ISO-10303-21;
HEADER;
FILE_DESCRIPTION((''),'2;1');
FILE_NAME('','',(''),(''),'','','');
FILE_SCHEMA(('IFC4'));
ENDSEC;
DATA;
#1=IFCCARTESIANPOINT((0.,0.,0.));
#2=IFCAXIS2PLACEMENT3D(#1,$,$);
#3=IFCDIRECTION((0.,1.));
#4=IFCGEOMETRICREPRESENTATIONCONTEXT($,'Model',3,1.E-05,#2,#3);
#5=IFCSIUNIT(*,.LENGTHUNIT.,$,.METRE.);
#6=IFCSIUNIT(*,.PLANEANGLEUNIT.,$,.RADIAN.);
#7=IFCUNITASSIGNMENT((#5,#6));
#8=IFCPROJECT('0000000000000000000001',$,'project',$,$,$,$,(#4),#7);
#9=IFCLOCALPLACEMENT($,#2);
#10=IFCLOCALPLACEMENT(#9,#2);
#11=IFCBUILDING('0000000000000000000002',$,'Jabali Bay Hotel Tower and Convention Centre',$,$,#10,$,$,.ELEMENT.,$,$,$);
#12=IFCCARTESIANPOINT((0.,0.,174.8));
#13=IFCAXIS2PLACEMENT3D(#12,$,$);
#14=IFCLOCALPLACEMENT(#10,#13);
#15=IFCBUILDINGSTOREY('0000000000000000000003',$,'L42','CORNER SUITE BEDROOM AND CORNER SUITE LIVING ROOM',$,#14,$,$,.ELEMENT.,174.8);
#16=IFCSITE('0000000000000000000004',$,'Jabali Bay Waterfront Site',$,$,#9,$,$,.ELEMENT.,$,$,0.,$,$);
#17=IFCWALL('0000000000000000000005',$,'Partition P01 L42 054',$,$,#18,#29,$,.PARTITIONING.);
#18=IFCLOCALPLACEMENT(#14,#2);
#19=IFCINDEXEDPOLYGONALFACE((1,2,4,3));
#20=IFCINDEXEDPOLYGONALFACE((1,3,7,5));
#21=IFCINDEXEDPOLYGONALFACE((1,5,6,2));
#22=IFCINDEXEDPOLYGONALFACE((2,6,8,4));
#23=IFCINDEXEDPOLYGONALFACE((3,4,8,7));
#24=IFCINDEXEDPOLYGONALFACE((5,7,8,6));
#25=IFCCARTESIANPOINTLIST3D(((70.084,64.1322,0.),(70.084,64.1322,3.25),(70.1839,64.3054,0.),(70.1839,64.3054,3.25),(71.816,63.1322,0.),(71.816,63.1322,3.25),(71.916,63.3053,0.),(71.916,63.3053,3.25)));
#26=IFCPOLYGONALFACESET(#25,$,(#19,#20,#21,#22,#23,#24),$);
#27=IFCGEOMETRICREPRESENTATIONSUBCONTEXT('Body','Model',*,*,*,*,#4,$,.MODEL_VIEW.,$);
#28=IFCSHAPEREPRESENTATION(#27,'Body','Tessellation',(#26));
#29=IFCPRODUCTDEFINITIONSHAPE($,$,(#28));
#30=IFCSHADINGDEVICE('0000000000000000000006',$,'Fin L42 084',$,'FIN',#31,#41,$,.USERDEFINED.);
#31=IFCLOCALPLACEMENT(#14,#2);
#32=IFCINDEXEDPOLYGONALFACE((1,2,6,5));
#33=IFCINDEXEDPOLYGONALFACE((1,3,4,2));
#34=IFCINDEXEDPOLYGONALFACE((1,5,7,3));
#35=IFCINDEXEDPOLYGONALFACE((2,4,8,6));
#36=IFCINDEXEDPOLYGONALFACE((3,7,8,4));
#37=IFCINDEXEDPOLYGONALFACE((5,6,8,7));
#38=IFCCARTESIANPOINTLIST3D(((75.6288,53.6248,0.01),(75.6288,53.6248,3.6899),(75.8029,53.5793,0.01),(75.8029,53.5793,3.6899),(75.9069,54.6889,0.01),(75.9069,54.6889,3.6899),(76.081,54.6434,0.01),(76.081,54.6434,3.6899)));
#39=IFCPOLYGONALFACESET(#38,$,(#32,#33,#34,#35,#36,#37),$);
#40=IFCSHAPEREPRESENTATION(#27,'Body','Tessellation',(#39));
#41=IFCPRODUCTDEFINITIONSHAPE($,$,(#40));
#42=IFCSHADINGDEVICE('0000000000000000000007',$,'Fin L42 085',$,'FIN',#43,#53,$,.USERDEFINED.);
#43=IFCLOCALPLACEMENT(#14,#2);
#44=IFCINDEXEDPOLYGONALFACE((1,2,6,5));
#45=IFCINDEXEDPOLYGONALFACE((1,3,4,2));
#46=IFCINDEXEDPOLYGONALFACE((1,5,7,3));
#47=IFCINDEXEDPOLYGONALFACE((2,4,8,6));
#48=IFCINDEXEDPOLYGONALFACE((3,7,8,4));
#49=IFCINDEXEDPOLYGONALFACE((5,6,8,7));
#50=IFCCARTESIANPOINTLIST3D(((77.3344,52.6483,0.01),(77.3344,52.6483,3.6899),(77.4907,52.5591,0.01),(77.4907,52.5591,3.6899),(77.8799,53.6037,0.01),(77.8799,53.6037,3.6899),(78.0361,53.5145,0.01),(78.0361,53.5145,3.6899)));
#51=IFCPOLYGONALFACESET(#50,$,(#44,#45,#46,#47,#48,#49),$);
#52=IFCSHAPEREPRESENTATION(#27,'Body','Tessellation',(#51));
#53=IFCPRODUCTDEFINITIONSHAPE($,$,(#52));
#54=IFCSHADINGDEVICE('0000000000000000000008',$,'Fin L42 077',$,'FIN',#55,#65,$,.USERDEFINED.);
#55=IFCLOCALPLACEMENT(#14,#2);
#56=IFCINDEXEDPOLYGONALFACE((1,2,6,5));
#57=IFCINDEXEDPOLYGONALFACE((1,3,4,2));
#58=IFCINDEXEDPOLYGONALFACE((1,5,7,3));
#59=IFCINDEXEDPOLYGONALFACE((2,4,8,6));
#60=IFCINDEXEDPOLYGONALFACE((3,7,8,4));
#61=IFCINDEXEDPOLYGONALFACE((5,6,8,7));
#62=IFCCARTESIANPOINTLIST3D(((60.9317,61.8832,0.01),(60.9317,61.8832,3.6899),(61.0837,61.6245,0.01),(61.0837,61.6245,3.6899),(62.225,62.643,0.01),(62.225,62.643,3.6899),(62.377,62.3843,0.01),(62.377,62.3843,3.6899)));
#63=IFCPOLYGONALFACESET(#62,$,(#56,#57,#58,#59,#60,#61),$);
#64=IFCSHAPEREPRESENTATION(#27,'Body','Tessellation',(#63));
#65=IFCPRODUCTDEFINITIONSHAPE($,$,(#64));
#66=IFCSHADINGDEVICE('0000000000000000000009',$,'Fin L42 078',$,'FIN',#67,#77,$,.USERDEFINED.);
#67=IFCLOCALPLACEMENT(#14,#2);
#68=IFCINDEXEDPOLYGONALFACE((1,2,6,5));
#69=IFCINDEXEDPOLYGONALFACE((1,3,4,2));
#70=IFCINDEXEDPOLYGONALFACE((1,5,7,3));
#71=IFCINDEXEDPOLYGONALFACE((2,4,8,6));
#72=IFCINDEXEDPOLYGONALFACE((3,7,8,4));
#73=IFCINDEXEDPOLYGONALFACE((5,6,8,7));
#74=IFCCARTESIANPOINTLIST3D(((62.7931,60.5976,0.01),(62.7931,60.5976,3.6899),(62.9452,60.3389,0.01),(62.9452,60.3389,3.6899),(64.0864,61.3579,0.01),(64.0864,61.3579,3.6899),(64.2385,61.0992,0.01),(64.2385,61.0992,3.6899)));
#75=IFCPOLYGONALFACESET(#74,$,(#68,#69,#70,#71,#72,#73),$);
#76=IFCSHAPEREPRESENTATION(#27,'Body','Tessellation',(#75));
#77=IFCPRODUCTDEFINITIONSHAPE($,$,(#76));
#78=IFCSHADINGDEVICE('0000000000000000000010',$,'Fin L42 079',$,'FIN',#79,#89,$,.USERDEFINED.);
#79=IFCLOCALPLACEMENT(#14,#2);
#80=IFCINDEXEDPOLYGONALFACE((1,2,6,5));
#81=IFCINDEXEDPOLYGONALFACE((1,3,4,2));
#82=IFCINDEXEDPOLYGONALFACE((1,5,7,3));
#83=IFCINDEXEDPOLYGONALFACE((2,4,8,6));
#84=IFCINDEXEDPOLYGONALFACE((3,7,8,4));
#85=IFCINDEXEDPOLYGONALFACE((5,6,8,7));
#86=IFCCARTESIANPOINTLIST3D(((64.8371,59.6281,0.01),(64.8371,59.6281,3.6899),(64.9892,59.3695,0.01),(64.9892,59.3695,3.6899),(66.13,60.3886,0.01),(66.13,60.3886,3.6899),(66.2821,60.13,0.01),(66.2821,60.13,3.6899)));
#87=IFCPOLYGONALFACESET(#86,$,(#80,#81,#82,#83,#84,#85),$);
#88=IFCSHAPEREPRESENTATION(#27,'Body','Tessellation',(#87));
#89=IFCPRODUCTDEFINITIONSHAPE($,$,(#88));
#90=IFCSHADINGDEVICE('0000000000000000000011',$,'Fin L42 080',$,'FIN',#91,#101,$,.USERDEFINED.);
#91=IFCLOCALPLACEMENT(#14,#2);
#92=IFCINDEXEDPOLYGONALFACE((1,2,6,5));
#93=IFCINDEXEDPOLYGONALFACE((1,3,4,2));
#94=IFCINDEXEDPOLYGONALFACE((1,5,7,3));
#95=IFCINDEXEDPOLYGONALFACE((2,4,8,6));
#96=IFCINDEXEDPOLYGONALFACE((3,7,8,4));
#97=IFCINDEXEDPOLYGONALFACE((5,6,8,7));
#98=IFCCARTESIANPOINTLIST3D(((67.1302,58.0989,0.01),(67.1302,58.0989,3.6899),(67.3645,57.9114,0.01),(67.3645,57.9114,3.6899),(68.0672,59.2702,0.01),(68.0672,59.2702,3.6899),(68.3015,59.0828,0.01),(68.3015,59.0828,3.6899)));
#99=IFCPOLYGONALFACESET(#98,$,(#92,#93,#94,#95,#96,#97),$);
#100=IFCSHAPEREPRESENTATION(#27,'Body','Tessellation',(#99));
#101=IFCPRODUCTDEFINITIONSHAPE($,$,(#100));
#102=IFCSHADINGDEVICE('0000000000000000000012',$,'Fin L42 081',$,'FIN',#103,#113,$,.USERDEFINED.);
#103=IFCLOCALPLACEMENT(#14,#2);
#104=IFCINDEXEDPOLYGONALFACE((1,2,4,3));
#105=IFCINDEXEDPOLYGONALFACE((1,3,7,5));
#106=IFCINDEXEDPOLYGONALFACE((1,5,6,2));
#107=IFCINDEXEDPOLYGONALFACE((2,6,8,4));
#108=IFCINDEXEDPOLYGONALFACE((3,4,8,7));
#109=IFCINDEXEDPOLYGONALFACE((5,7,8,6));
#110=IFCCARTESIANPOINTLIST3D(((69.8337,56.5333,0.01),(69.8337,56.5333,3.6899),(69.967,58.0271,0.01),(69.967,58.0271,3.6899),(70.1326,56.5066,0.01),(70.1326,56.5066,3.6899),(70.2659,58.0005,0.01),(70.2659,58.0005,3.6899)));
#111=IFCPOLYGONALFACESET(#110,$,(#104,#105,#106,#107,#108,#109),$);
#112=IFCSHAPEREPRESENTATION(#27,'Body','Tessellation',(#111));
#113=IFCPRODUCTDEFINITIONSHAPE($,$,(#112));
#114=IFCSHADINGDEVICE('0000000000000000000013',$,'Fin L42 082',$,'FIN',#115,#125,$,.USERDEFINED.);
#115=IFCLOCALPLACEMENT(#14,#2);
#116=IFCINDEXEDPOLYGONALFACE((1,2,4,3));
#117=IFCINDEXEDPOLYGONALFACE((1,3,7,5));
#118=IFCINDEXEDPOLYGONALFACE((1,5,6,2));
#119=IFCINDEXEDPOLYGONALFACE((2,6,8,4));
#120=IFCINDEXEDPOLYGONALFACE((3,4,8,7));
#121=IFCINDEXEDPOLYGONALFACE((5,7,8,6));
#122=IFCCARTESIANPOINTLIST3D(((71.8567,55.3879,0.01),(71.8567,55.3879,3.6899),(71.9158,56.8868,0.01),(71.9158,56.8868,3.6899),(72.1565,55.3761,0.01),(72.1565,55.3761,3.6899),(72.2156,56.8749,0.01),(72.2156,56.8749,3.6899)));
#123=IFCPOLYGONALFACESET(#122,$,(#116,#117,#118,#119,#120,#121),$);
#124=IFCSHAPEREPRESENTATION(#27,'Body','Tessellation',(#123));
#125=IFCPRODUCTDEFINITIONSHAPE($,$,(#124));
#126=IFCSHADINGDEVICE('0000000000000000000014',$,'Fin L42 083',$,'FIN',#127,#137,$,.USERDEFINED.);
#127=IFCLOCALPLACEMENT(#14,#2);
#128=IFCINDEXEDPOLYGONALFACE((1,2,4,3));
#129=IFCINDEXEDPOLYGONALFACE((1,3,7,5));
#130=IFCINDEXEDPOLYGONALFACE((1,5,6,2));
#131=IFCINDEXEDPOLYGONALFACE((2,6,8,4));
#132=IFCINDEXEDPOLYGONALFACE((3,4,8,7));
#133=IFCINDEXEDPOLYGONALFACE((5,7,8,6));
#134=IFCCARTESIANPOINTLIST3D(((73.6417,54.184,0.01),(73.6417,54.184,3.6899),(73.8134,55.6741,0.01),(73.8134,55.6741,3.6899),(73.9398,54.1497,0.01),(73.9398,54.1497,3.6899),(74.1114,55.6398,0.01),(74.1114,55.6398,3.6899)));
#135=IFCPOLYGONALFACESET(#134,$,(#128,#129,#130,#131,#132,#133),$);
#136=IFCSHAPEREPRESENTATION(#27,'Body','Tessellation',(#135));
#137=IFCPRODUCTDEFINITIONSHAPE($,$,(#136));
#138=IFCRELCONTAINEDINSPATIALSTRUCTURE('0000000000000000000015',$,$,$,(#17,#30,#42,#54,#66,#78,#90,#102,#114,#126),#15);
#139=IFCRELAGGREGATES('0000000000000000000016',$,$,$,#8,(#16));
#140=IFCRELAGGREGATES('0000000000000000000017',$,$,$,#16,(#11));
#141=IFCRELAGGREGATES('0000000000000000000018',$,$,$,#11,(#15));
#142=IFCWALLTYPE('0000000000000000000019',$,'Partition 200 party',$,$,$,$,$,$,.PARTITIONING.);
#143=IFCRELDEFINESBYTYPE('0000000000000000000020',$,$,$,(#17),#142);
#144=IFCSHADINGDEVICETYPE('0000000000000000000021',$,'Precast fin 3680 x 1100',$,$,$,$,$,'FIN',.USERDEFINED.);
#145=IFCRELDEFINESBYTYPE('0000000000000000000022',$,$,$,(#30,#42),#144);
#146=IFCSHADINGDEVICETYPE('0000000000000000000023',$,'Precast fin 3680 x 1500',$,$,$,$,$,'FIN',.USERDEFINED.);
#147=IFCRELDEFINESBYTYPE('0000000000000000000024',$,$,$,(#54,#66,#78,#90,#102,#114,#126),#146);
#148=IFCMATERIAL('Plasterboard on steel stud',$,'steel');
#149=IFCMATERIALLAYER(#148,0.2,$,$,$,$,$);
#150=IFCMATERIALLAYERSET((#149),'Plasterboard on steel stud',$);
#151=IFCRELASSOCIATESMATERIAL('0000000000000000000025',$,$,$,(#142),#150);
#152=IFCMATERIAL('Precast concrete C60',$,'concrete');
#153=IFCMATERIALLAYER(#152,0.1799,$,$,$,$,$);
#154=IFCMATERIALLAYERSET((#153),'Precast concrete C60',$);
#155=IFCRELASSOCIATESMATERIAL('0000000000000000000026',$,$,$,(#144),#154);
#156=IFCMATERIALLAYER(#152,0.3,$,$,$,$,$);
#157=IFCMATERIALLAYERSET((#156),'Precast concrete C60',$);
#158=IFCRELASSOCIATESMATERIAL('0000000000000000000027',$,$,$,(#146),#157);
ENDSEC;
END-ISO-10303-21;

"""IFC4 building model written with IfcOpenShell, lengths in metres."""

from ifc_helpers import new_model, si_unit, direction, frame, frame_2d, origin, place, context, subcontext, project, spatial, rectangle, extrude, material, layer, layer_set, type_object, element, save


model = new_model("IFC4")

# Units and contexts
model_context = context("Model", 3, precision=1e-05, world=origin(), true_north=direction((0.0, 1.0)))
body_context = subcontext(model_context, "Body", "Model", "MODEL_VIEW")
ifc_project = project(units=[si_unit("LENGTHUNIT", "METRE"), si_unit("PLANEANGLEUNIT", "RADIAN")], contexts=[model_context])

# Site, building, storey
site_placement = place(None, origin())
site = spatial("IfcSite", under=ifc_project, at=site_placement, Name="Jabali Bay Waterfront Site", CompositionType="ELEMENT", RefElevation=0.0)
building_placement = place(site_placement, origin())
building = spatial("IfcBuilding", under=site, at=building_placement, Name="Jabali Bay Hotel Tower and Convention Centre", CompositionType="ELEMENT")
storey_placement = place(building_placement, frame((0.0, 0.0, 174.8)))
storey = spatial("IfcBuildingStorey", under=building, at=storey_placement, Name="L42", Description="CORNER SUITE BEDROOM AND CORNER SUITE LIVING ROOM", CompositionType="ELEMENT", Elevation=174.8)

# Shared definitions
ifc_material_1 = material(Name="Plasterboard on steel stud", Category="steel")

# Wall
ifc_layer_1 = layer(ifc_material_1, 0.2)
ifc_layer_set_1 = layer_set([ifc_layer_1], Name="Plasterboard on steel stud")
wall_type_1 = type_object("IfcWallType", Name="Partition 200 party", PredefinedType="PARTITIONING", material=ifc_layer_set_1)
wall_1_placement = place(storey_placement, frame((71.866, 63.2188, 0.0), z_axis=(0.0, 0.0, 1.0), x_axis=(-0.866011, 0.500025, 0.0)))
element("IfcWall", 1, at=wall_1_placement, inside=storey, type_object=wall_type_1, Name="Partition P01 L42 054", PredefinedType="PARTITIONING", context=body_context, shape_type="SweptSolid", body=[
    extrude(rectangle(XDim=2.0, YDim=0.2, at=frame_2d((1.0, 0.0))), origin(), (0.0, 0.0, 1.0), 3.25),
])

# Shading devices
ifc_material_2 = material(Name="Precast concrete C60", Category="concrete")
ifc_layer_2 = layer(ifc_material_2, 0.1799)
ifc_layer_set_2 = layer_set([ifc_layer_2], Name="Precast concrete C60")
shading_device_type_1 = type_object("IfcShadingDeviceType", Name="Precast fin 3680 x 1100", ElementType="FIN", PredefinedType="USERDEFINED", material=ifc_layer_set_2)
shading_device_1_placement = place(storey_placement, frame((75.9939, 54.666, 0.01), z_axis=(0.0, 0.0, 1.0), x_axis=(-0.25281, -0.967516, 0.0)))
element("IfcShadingDevice", 2, at=shading_device_1_placement, inside=storey, type_object=shading_device_type_1, Name="Fin L42 084", ObjectType="FIN", PredefinedType="USERDEFINED", context=body_context, shape_type="SweptSolid", body=[
    extrude(rectangle(XDim=1.0999, YDim=0.1799, at=frame_2d((0.5498, 0.0))), origin(), (0.0, 0.0, 1.0), 3.6799),
])
shading_device_2_placement = place(storey_placement, frame((77.958, 53.5591, 0.01), z_axis=(0.0, 0.0, 1.0), x_axis=(-0.495804, -0.868434, 0.0)))
element("IfcShadingDevice", 3, at=shading_device_2_placement, inside=storey, type_object=shading_device_type_1, Name="Fin L42 085", ObjectType="FIN", PredefinedType="USERDEFINED", context=body_context, shape_type="SweptSolid", body=[
    extrude(rectangle(XDim=1.1001, YDim=0.1799, at=frame_2d((0.55, 0.0))), origin(), (0.0, 0.0, 1.0), 3.6799),
])
ifc_layer_3 = layer(ifc_material_2, 0.3)
ifc_layer_set_3 = layer_set([ifc_layer_3], Name="Precast concrete C60")
shading_device_type_2 = type_object("IfcShadingDeviceType", Name="Precast fin 3680 x 1500", ElementType="FIN", PredefinedType="USERDEFINED", material=ifc_layer_set_3)
shading_device_3_placement = place(storey_placement, frame((62.301, 62.5137, 0.01), z_axis=(0.0, 0.0, 1.0), x_axis=(-0.86221, -0.506551, 0.0)))
element("IfcShadingDevice", 4, at=shading_device_3_placement, inside=storey, type_object=shading_device_type_2, Name="Fin L42 077", ObjectType="FIN", PredefinedType="USERDEFINED", context=body_context, shape_type="SweptSolid", body=[
    extrude(rectangle(XDim=1.5, YDim=0.3, at=frame_2d((0.75, 0.0))), origin(), (0.0, 0.0, 1.0), 3.6799),
])
shading_device_4_placement = place(storey_placement, frame((64.1624, 61.2285, 0.01), z_axis=(0.0, 0.0, 1.0), x_axis=(-0.862068, -0.506793, 0.0)))
element("IfcShadingDevice", 5, at=shading_device_4_placement, inside=storey, type_object=shading_device_type_2, Name="Fin L42 078", ObjectType="FIN", PredefinedType="USERDEFINED", context=body_context, shape_type="SweptSolid", body=[
    extrude(rectangle(XDim=1.5002, YDim=0.3, at=frame_2d((0.75, 0.0))), origin(), (0.0, 0.0, 1.0), 3.6799),
])
for number, where, z_axis, x_axis, name in (
    (6, (66.2061, 60.2593, 0.01), (0.0, 0.0, 1.0), (-0.861955, -0.506985, 0.0), "Fin L42 079"),
    (7, (68.1843, 59.1765, 0.01), (0.0, 0.0, 1.0), (-0.624655, -0.780901, 0.0), "Fin L42 080"),
):
    element("IfcShadingDevice", number, at=place(storey_placement, frame(where, z_axis=z_axis, x_axis=x_axis)), inside=storey, type_object=shading_device_type_2, Name=name, ObjectType="FIN", PredefinedType="USERDEFINED", context=body_context, shape_type="SweptSolid", body=[
        extrude(rectangle(XDim=1.5, YDim=0.3, at=frame_2d((0.75, 0.0))), origin(), (0.0, 0.0, 1.0), 3.6799),
    ])
shading_device_5_placement = place(storey_placement, frame((70.1165, 58.0139, 0.01), z_axis=(0.0, 0.0, 1.0), x_axis=(-0.088877, -0.996043, 0.0)))
element("IfcShadingDevice", 8, at=shading_device_5_placement, inside=storey, type_object=shading_device_type_2, Name="Fin L42 081", ObjectType="FIN", PredefinedType="USERDEFINED", context=body_context, shape_type="SweptSolid", body=[
    extrude(rectangle(XDim=1.4998, YDim=0.3, at=frame_2d((0.75, 0.0))), origin(), (0.0, 0.0, 1.0), 3.6799),
])
for number, where, z_axis, x_axis, name in (
    (9, (72.0657, 56.8809, 0.01), (0.0, 0.0, 1.0), (-0.03939, -0.999224, 0.0), "Fin L42 082"),
    (10, (73.9624, 55.657, 0.01), (0.0, 0.0, 1.0), (-0.114414, -0.993433, 0.0), "Fin L42 083"),
):
    element("IfcShadingDevice", number, at=place(storey_placement, frame(where, z_axis=z_axis, x_axis=x_axis)), inside=storey, type_object=shading_device_type_2, Name=name, ObjectType="FIN", PredefinedType="USERDEFINED", context=body_context, shape_type="SweptSolid", body=[
        extrude(rectangle(XDim=1.5, YDim=0.3, at=frame_2d((0.75, 0.0))), origin(), (0.0, 0.0, 1.0), 3.6799),
    ])

save(model, "model.ifc")
